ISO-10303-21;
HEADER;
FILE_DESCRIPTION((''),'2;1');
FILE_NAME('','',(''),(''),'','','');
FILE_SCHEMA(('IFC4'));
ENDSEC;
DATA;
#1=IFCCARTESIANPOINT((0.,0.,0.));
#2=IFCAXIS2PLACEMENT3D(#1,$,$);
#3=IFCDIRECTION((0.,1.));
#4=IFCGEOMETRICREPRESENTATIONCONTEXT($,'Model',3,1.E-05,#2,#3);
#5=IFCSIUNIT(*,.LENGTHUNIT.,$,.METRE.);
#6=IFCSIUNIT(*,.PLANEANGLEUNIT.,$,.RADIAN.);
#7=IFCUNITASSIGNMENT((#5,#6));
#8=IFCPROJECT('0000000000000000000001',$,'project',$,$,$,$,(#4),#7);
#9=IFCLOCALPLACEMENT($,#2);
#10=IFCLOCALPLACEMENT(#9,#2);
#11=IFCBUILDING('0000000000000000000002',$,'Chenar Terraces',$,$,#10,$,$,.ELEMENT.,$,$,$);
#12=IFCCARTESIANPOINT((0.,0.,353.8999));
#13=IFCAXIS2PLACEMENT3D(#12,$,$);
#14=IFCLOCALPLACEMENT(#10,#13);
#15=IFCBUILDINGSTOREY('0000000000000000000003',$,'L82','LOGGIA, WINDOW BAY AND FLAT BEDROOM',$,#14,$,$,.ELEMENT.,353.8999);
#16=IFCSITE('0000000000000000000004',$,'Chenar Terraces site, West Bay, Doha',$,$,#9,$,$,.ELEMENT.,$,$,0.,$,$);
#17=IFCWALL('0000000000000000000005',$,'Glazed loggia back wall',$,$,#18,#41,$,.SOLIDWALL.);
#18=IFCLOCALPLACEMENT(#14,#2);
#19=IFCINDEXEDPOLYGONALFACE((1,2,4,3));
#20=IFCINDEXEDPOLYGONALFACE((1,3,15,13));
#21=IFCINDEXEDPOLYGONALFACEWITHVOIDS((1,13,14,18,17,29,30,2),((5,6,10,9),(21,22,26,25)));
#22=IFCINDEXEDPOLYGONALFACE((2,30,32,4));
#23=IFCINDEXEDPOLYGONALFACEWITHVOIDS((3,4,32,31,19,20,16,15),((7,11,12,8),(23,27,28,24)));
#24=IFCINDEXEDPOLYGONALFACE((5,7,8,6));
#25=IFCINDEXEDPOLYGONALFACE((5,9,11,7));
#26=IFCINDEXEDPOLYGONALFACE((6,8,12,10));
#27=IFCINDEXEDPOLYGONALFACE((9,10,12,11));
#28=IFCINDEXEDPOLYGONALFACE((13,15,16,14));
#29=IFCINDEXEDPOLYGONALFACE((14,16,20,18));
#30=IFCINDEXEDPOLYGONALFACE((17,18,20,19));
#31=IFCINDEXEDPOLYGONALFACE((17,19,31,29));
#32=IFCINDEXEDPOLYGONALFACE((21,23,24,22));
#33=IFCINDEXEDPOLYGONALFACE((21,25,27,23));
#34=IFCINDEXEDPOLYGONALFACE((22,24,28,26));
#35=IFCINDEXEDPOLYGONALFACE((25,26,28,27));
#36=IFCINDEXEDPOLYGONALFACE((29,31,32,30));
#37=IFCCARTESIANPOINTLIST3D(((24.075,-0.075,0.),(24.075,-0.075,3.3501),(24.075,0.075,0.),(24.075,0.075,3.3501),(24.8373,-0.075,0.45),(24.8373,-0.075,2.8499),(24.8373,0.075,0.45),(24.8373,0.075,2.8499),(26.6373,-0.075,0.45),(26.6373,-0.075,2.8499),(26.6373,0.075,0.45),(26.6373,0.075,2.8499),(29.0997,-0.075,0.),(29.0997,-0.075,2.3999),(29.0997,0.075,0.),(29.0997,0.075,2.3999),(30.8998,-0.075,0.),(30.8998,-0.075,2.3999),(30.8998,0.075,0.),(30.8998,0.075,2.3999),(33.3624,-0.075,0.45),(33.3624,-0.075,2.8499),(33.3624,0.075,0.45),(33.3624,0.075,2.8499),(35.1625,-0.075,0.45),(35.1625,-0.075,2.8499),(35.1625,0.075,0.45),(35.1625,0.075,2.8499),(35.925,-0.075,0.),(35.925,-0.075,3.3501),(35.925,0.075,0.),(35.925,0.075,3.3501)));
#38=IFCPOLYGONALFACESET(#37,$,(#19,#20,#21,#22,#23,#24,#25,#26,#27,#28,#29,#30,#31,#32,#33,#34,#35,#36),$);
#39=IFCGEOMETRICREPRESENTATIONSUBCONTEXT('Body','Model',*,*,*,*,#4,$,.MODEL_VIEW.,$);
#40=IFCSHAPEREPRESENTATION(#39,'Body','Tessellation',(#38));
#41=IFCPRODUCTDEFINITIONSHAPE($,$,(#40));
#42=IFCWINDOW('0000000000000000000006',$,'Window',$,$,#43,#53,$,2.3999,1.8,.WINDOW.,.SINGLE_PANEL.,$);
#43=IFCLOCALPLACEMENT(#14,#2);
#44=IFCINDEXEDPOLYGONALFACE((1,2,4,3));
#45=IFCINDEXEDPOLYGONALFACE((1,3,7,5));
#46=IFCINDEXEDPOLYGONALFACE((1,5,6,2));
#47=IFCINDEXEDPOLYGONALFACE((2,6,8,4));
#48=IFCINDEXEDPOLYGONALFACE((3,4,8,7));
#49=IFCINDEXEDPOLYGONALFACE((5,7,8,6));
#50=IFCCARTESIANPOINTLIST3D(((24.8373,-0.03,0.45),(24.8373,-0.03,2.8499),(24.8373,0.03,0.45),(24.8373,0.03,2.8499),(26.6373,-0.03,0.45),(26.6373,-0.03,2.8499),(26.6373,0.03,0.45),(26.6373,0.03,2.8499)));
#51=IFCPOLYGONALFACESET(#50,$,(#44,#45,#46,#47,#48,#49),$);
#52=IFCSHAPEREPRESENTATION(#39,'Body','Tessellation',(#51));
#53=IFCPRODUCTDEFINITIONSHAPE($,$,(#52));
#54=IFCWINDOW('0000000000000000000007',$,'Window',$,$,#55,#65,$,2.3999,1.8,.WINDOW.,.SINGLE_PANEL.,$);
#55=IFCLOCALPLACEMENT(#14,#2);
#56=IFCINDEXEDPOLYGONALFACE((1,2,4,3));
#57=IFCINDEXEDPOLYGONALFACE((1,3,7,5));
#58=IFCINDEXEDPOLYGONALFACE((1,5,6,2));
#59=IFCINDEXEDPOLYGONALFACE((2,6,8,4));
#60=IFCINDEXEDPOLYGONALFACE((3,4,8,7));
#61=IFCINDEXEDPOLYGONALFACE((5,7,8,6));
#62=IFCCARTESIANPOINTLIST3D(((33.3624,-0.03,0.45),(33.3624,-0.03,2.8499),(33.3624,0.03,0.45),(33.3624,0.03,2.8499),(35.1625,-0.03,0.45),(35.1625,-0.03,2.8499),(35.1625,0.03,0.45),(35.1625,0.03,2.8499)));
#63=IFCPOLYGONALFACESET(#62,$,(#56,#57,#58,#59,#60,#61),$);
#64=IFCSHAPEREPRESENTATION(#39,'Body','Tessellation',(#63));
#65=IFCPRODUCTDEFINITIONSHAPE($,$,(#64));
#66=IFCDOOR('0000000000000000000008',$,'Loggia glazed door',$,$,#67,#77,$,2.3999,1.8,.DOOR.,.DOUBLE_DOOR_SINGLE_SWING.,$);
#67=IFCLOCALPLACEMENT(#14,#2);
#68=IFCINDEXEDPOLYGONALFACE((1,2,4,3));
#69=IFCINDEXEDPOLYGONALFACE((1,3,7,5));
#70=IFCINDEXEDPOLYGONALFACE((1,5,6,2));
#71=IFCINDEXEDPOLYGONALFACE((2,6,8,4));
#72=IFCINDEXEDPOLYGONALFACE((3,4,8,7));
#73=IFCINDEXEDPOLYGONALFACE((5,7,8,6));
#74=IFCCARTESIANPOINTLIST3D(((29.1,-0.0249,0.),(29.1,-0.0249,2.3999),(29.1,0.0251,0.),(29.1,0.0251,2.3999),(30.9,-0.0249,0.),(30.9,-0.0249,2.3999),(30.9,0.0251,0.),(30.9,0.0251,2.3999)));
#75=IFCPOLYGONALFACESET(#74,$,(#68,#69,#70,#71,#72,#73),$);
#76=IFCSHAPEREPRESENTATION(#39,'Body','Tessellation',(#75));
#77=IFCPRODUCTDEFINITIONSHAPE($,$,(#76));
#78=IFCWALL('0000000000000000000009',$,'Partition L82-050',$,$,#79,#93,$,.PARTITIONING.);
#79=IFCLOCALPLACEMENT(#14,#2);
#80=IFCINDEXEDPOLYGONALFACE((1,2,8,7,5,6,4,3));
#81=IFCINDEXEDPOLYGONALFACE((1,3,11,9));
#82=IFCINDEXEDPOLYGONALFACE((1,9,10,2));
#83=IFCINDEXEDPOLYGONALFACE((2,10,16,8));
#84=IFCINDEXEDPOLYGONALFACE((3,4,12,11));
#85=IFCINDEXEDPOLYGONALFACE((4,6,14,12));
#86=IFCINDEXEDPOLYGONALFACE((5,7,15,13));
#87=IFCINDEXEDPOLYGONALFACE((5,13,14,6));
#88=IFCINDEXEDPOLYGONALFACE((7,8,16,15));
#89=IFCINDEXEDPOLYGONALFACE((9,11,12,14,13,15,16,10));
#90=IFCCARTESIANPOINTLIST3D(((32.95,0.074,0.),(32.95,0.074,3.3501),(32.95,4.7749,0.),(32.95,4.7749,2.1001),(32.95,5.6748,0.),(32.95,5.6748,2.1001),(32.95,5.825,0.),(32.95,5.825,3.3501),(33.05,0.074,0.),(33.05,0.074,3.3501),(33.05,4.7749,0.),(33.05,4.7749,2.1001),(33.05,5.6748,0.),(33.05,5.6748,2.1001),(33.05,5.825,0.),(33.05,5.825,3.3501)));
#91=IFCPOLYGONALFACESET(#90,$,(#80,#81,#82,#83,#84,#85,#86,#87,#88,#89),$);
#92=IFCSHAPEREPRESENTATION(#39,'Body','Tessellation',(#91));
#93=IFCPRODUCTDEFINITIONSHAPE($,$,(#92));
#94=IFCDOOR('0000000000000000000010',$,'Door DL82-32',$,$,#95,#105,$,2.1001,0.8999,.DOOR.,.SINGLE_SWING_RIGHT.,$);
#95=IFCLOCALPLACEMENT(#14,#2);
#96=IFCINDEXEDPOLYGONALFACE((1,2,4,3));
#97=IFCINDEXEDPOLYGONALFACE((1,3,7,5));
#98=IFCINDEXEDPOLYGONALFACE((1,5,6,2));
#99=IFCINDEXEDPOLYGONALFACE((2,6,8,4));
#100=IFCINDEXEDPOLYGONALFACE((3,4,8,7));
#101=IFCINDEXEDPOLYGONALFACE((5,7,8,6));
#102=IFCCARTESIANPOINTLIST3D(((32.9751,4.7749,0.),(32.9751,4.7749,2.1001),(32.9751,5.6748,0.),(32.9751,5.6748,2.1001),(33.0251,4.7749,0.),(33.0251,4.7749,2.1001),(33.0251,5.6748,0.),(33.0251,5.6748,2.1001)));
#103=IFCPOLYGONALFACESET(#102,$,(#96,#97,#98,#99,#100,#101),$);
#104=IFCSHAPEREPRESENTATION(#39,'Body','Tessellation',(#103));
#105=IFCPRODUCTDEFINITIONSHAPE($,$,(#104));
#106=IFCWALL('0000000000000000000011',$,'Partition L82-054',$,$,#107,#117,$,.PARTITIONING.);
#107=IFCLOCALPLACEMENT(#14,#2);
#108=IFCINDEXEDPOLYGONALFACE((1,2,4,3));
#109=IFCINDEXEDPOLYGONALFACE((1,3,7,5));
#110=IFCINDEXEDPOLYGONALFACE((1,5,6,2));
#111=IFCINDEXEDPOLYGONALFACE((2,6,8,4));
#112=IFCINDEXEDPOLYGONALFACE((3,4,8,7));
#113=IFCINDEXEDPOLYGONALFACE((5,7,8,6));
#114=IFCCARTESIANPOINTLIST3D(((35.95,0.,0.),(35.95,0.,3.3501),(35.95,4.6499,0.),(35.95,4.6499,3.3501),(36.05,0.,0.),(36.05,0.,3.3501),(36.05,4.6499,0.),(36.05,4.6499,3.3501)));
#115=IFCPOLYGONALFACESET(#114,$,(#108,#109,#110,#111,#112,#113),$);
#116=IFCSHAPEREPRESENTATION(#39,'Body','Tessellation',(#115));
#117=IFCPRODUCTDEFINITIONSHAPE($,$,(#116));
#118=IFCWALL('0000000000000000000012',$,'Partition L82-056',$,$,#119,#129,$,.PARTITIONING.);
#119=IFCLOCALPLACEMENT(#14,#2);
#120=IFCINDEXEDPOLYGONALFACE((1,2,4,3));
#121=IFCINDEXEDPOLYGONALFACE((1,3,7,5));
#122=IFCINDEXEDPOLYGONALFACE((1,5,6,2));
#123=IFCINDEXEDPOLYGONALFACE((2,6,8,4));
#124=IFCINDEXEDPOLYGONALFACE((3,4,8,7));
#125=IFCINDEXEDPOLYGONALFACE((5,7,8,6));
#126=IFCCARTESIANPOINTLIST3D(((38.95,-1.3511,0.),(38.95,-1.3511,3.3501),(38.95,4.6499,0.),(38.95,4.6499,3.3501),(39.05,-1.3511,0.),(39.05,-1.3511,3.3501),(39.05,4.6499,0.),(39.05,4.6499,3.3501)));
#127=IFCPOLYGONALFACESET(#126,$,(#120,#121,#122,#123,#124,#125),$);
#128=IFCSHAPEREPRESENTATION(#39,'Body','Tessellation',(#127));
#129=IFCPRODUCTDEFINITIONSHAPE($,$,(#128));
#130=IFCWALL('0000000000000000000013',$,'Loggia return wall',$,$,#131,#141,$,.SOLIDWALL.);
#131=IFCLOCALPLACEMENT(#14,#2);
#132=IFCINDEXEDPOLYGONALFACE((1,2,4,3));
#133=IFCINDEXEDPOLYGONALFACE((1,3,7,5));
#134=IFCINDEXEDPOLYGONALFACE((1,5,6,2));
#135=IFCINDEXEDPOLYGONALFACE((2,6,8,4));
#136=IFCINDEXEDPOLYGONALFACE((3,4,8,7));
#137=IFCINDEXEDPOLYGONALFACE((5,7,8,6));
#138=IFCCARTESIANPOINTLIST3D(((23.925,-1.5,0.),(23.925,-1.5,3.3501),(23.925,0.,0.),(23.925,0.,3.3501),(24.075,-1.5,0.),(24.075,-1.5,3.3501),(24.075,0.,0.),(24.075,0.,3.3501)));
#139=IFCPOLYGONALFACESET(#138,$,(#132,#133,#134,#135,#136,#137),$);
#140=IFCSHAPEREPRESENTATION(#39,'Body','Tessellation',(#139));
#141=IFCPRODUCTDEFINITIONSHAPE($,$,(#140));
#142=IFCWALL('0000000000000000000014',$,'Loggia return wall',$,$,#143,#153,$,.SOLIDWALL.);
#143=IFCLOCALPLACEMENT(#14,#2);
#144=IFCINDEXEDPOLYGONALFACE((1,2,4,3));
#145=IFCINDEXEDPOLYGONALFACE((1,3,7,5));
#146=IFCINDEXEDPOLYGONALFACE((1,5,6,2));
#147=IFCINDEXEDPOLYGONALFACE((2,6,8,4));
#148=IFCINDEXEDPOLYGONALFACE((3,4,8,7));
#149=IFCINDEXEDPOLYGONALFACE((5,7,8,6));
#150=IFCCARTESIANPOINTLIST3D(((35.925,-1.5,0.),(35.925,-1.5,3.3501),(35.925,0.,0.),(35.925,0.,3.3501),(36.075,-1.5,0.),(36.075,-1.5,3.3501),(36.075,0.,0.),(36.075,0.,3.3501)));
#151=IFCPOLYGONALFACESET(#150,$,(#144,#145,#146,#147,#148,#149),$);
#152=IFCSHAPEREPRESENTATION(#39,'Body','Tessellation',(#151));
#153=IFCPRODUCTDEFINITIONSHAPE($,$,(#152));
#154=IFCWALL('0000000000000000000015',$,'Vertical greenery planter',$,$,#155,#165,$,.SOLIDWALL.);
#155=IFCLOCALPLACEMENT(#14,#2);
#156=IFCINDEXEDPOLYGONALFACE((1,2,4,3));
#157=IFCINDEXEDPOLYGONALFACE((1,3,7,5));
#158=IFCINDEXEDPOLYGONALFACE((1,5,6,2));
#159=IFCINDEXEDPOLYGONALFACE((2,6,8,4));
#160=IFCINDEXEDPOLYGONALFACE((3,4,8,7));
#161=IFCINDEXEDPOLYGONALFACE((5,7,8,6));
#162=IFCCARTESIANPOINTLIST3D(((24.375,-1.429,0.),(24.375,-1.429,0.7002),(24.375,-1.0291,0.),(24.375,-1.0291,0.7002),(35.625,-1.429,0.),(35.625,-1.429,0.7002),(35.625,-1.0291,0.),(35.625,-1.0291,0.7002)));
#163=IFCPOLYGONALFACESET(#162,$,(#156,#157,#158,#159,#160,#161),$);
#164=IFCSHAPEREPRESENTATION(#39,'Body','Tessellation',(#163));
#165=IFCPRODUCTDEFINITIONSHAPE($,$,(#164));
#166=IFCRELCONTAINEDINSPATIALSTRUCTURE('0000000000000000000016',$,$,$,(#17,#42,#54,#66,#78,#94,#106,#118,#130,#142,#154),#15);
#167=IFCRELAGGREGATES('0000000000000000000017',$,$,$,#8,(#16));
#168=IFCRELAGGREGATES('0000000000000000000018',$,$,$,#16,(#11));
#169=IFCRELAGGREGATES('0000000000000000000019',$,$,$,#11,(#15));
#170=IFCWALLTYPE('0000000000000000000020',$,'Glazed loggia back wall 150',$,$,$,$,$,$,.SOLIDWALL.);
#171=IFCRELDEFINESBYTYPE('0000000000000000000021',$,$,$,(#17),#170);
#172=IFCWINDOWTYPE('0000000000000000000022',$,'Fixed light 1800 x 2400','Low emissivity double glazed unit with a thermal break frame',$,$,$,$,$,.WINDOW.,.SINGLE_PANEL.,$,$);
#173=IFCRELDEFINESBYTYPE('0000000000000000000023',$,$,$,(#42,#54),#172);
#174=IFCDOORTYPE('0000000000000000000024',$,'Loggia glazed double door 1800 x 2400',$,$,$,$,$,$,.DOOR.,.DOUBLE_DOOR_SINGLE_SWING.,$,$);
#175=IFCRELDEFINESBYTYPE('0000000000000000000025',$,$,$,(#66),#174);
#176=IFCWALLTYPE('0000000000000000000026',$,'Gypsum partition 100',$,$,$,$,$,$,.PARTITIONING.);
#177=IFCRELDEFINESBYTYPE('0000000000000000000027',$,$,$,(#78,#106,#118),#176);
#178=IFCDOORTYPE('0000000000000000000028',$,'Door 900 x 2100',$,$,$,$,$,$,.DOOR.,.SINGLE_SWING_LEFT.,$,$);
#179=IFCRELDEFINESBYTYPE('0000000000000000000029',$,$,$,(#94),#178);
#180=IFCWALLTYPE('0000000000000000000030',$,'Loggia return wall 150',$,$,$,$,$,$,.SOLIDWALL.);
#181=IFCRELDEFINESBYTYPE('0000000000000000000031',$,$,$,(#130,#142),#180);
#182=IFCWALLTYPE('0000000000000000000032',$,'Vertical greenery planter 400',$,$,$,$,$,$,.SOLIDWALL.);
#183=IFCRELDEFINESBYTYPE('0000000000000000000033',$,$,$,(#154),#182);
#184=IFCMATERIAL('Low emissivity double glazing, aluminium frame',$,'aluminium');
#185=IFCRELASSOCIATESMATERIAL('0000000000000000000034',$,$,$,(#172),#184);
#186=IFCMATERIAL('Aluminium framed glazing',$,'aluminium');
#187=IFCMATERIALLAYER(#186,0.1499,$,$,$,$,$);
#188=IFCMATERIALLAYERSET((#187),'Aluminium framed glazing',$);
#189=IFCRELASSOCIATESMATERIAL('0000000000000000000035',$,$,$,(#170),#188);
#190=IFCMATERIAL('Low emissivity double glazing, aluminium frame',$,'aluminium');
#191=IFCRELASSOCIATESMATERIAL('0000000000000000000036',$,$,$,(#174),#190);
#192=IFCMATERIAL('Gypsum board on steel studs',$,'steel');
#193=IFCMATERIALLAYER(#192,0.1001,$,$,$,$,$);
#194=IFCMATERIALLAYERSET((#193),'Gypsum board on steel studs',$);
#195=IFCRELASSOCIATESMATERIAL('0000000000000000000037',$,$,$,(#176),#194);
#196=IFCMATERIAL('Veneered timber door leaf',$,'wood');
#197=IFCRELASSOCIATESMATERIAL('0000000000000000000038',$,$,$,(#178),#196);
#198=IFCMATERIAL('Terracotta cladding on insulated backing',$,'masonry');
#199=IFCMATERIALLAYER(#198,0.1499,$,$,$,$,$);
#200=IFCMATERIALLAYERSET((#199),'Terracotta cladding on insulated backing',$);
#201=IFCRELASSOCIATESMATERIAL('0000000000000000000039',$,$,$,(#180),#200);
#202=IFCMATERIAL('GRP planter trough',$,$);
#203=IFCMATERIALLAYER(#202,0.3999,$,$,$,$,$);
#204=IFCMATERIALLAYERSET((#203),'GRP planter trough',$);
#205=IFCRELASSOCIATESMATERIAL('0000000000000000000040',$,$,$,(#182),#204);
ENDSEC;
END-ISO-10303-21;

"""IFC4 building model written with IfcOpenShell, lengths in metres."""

from ifc_helpers import new_model, si_unit, direction, frame, frame_2d, origin, place, context, subcontext, project, spatial, rectangle, extrude, material, layer, layer_set, type_object, element, fill, save


model = new_model("IFC4")

# Units and contexts
model_context = context("Model", 3, precision=1e-05, world=origin(), true_north=direction((0.0, 1.0)))
body_context = subcontext(model_context, "Body", "Model", "MODEL_VIEW")
ifc_project = project(units=[si_unit("LENGTHUNIT", "METRE"), si_unit("PLANEANGLEUNIT", "RADIAN")], contexts=[model_context])

# Site, building, storey
site_placement = place(None, origin())
site = spatial("IfcSite", under=ifc_project, at=site_placement, Name="Chenar Terraces site, West Bay, Doha", CompositionType="ELEMENT", RefElevation=0.0)
building_placement = place(site_placement, origin())
building = spatial("IfcBuilding", under=site, at=building_placement, Name="Chenar Terraces", CompositionType="ELEMENT")
storey_placement = place(building_placement, frame((0.0, 0.0, 353.8999)))
storey = spatial("IfcBuildingStorey", under=building, at=storey_placement, Name="L82", Description="LOGGIA, WINDOW BAY AND FLAT BEDROOM", CompositionType="ELEMENT", Elevation=353.8999)

# Shared definitions
ifc_material_1 = material(Name="Low emissivity double glazing, aluminium frame", Category="aluminium")
window_type = type_object("IfcWindowType", Name="Fixed light 1800 x 2400", Description="Low emissivity double glazed unit with a thermal break frame", PartitioningType="SINGLE_PANEL", PredefinedType="WINDOW", material=ifc_material_1)

# Wall, openings, windows, door
ifc_material_2 = material(Name="Aluminium framed glazing", Category="aluminium")
ifc_layer_1 = layer(ifc_material_2, 0.1499)
ifc_layer_set_1 = layer_set([ifc_layer_1], Name="Aluminium framed glazing")
wall_type_1 = type_object("IfcWallType", Name="Glazed loggia back wall 150", PredefinedType="SOLIDWALL", material=ifc_layer_set_1)
wall_1_placement = place(storey_placement, frame((24.075, 0.0, 0.0), z_axis=(0.0, 0.0, 1.0), x_axis=(1.0, 0.0, 0.0)))
wall_1 = element("IfcWall", 1, at=wall_1_placement, inside=storey, type_object=wall_type_1, Name="Glazed loggia back wall", PredefinedType="SOLIDWALL", context=body_context, shape_type="SweptSolid", body=[
    extrude(rectangle(XDim=11.8501, YDim=0.1499, at=frame_2d((5.925, 0.0))), origin(), (0.0, 0.0, 1.0), 3.3501),
])
opening_1_placement = place(wall_1_placement, frame((0.7625, 0.0, 0.45)))
opening_1 = element("IfcOpeningElement", 2, at=opening_1_placement, cuts=wall_1, PredefinedType="OPENING", context=body_context, shape_type="SweptSolid", body=[
    extrude(rectangle(XDim=1.8, YDim=2.3999, at=frame_2d((0.8999, 1.2))), frame((0.0, 0.085, 0.0), z_axis=(0.0, -1.0, 0.0), x_axis=(1.0, 0.0, 0.0)), (0.0, 0.0, 1.0), 0.1699),
])
opening_2_placement = place(wall_1_placement, frame((5.0249, 0.0, 0.0)))
opening_2 = element("IfcOpeningElement", 3, at=opening_2_placement, cuts=wall_1, PredefinedType="OPENING", context=body_context, shape_type="SweptSolid", body=[
    extrude(rectangle(XDim=1.8, YDim=2.3999, at=frame_2d((0.8999, 1.2))), frame((0.0, 0.085, 0.0), z_axis=(0.0, -1.0, 0.0), x_axis=(1.0, 0.0, 0.0)), (0.0, 0.0, 1.0), 0.1699),
])
opening_3_placement = place(wall_1_placement, frame((9.2876, 0.0, 0.45)))
opening_3 = element("IfcOpeningElement", 4, at=opening_3_placement, cuts=wall_1, PredefinedType="OPENING", context=body_context, shape_type="SweptSolid", body=[
    extrude(rectangle(XDim=1.8, YDim=2.3999, at=frame_2d((0.8999, 1.2))), frame((0.0, 0.085, 0.0), z_axis=(0.0, -1.0, 0.0), x_axis=(1.0, 0.0, 0.0)), (0.0, 0.0, 1.0), 0.1699),
])
window_1_placement = place(opening_1_placement, origin())
window_1 = element("IfcWindow", 5, at=window_1_placement, inside=storey, type_object=window_type, Name="Window", OverallHeight=2.3999, OverallWidth=1.8, PartitioningType="SINGLE_PANEL", PredefinedType="WINDOW", context=body_context, shape_type="SweptSolid", body=[
    extrude(rectangle(XDim=1.8, YDim=2.3999, at=frame_2d((0.8999, 1.2))), frame((0.0, 0.03, 0.0), z_axis=(0.0, -1.0, 0.0), x_axis=(1.0, 0.0, 0.0)), (0.0, 0.0, 1.0), 0.0601),
])
fill(opening_1, window_1)
window_2_placement = place(opening_3_placement, origin())
window_2 = element("IfcWindow", 6, at=window_2_placement, inside=storey, type_object=window_type, Name="Window", OverallHeight=2.3999, OverallWidth=1.8, PartitioningType="SINGLE_PANEL", PredefinedType="WINDOW", context=body_context, shape_type="SweptSolid", body=[
    extrude(rectangle(XDim=1.8, YDim=2.3999, at=frame_2d((0.8999, 1.2))), frame((0.0, 0.03, 0.0), z_axis=(0.0, -1.0, 0.0), x_axis=(1.0, 0.0, 0.0)), (0.0, 0.0, 1.0), 0.0601),
])
fill(opening_3, window_2)
ifc_material_3 = material(Name="Low emissivity double glazing, aluminium frame", Category="aluminium")
door_type_1 = type_object("IfcDoorType", Name="Loggia glazed double door 1800 x 2400", OperationType="DOUBLE_DOOR_SINGLE_SWING", PredefinedType="DOOR", material=ifc_material_3)
door_1_placement = place(opening_2_placement, frame((1.8, 0.0, 0.0), z_axis=(0.0, 0.0, 1.0), x_axis=(-1.0, 0.0, 0.0)))
door_1 = element("IfcDoor", 7, at=door_1_placement, inside=storey, type_object=door_type_1, Name="Loggia glazed door", OperationType="DOUBLE_DOOR_SINGLE_SWING", OverallHeight=2.3999, OverallWidth=1.8, PredefinedType="DOOR", context=body_context, shape_type="SweptSolid", body=[
    extrude(rectangle(XDim=1.8, YDim=2.3999, at=frame_2d((0.8999, 1.2))), frame((0.0, 0.0249, 0.0), z_axis=(0.0, -1.0, 0.0), x_axis=(1.0, 0.0, 0.0)), (0.0, 0.0, 1.0), 0.05),
])
fill(opening_2, door_1)

# Wall, opening, door
ifc_material_4 = material(Name="Gypsum board on steel studs", Category="steel")
ifc_layer_2 = layer(ifc_material_4, 0.1001)
ifc_layer_set_2 = layer_set([ifc_layer_2], Name="Gypsum board on steel studs")
wall_type_2 = type_object("IfcWallType", Name="Gypsum partition 100", PredefinedType="PARTITIONING", material=ifc_layer_set_2)
wall_2_placement = place(storey_placement, frame((33.0, 0.074, 0.0), z_axis=(0.0, 0.0, 1.0), x_axis=(0.0, 1.0, 0.0)))
wall_2 = element("IfcWall", 8, at=wall_2_placement, inside=storey, type_object=wall_type_2, Name="Partition L82-050", PredefinedType="PARTITIONING", context=body_context, shape_type="SweptSolid", body=[
    extrude(rectangle(XDim=5.751, YDim=0.1001, at=frame_2d((2.8755, 0.0))), origin(), (0.0, 0.0, 1.0), 3.3501),
])
opening_4_placement = place(wall_2_placement, frame((4.7009, 0.0, 0.0)))
opening_4 = element("IfcOpeningElement", 9, at=opening_4_placement, cuts=wall_2, PredefinedType="OPENING", context=body_context, shape_type="SweptSolid", body=[
    extrude(rectangle(XDim=0.8999, YDim=2.1001, at=frame_2d((0.45, 1.05))), frame((0.0, 0.0601, 0.0), z_axis=(0.0, -1.0, 0.0), x_axis=(1.0, 0.0, 0.0)), (0.0, 0.0, 1.0), 0.1201),
])
ifc_material_5 = material(Name="Veneered timber door leaf", Category="wood")
door_type_2 = type_object("IfcDoorType", Name="Door 900 x 2100", OperationType="SINGLE_SWING_LEFT", PredefinedType="DOOR", material=ifc_material_5)
door_2_placement = place(opening_4_placement, origin())
door_2 = element("IfcDoor", 10, at=door_2_placement, inside=storey, type_object=door_type_2, Name="Door DL82-32", OperationType="SINGLE_SWING_RIGHT", OverallHeight=2.1001, OverallWidth=0.8999, PredefinedType="DOOR", context=body_context, shape_type="SweptSolid", body=[
    extrude(rectangle(XDim=0.8999, YDim=2.1001, at=frame_2d((0.45, 1.05))), frame((0.0, 0.0249, 0.0), z_axis=(0.0, -1.0, 0.0), x_axis=(1.0, 0.0, 0.0)), (0.0, 0.0, 1.0), 0.05),
])
fill(opening_4, door_2)

# Walls
wall_3_placement = place(storey_placement, frame((36.0, 0.0, 0.0), z_axis=(0.0, 0.0, 1.0), x_axis=(0.0, 1.0, 0.0)))
element("IfcWall", 11, at=wall_3_placement, inside=storey, type_object=wall_type_2, Name="Partition L82-054", PredefinedType="PARTITIONING", context=body_context, shape_type="SweptSolid", body=[
    extrude(rectangle(XDim=4.6499, YDim=0.1001, at=frame_2d((2.325, 0.0))), origin(), (0.0, 0.0, 1.0), 3.3501),
])
wall_4_placement = place(storey_placement, frame((39.0, -1.3511, 0.0), z_axis=(0.0, 0.0, 1.0), x_axis=(0.0, 1.0, 0.0)))
element("IfcWall", 12, at=wall_4_placement, inside=storey, type_object=wall_type_2, Name="Partition L82-056", PredefinedType="PARTITIONING", context=body_context, shape_type="SweptSolid", body=[
    extrude(rectangle(XDim=6.001, YDim=0.1001, at=frame_2d((3.0005, 0.0))), origin(), (0.0, 0.0, 1.0), 3.3501),
])
ifc_material_6 = material(Name="Terracotta cladding on insulated backing", Category="masonry")
ifc_layer_3 = layer(ifc_material_6, 0.1499)
ifc_layer_set_3 = layer_set([ifc_layer_3], Name="Terracotta cladding on insulated backing")
wall_type_3 = type_object("IfcWallType", Name="Loggia return wall 150", PredefinedType="SOLIDWALL", material=ifc_layer_set_3)
for number, where, z_axis, x_axis, name in (
    (13, (24.0, -1.5, 0.0), (0.0, 0.0, 1.0), (0.0, 1.0, 0.0), "Loggia return wall"),
    (14, (36.0, -1.5, 0.0), (0.0, 0.0, 1.0), (0.0, 1.0, 0.0), "Loggia return wall"),
):
    element("IfcWall", number, at=place(storey_placement, frame(where, z_axis=z_axis, x_axis=x_axis)), inside=storey, type_object=wall_type_3, Name=name, PredefinedType="SOLIDWALL", context=body_context, shape_type="SweptSolid", body=[
        extrude(rectangle(XDim=1.5, YDim=0.1499, at=frame_2d((0.75, 0.0))), origin(), (0.0, 0.0, 1.0), 3.3501),
    ])
ifc_material_7 = material(Name="GRP planter trough")
ifc_layer_4 = layer(ifc_material_7, 0.3999)
ifc_layer_set_4 = layer_set([ifc_layer_4], Name="GRP planter trough")
wall_type_4 = type_object("IfcWallType", Name="Vertical greenery planter 400", PredefinedType="SOLIDWALL", material=ifc_layer_set_4)
wall_5_placement = place(storey_placement, frame((24.375, -1.229, 0.0), z_axis=(0.0, 0.0, 1.0), x_axis=(1.0, 0.0, 0.0)))
element("IfcWall", 15, at=wall_5_placement, inside=storey, type_object=wall_type_4, Name="Vertical greenery planter", PredefinedType="SOLIDWALL", context=body_context, shape_type="SweptSolid", body=[
    extrude(rectangle(XDim=11.25, YDim=0.3999, at=frame_2d((5.625, 0.0))), origin(), (0.0, 0.0, 1.0), 0.7002),
])

save(model, "model.ifc")
